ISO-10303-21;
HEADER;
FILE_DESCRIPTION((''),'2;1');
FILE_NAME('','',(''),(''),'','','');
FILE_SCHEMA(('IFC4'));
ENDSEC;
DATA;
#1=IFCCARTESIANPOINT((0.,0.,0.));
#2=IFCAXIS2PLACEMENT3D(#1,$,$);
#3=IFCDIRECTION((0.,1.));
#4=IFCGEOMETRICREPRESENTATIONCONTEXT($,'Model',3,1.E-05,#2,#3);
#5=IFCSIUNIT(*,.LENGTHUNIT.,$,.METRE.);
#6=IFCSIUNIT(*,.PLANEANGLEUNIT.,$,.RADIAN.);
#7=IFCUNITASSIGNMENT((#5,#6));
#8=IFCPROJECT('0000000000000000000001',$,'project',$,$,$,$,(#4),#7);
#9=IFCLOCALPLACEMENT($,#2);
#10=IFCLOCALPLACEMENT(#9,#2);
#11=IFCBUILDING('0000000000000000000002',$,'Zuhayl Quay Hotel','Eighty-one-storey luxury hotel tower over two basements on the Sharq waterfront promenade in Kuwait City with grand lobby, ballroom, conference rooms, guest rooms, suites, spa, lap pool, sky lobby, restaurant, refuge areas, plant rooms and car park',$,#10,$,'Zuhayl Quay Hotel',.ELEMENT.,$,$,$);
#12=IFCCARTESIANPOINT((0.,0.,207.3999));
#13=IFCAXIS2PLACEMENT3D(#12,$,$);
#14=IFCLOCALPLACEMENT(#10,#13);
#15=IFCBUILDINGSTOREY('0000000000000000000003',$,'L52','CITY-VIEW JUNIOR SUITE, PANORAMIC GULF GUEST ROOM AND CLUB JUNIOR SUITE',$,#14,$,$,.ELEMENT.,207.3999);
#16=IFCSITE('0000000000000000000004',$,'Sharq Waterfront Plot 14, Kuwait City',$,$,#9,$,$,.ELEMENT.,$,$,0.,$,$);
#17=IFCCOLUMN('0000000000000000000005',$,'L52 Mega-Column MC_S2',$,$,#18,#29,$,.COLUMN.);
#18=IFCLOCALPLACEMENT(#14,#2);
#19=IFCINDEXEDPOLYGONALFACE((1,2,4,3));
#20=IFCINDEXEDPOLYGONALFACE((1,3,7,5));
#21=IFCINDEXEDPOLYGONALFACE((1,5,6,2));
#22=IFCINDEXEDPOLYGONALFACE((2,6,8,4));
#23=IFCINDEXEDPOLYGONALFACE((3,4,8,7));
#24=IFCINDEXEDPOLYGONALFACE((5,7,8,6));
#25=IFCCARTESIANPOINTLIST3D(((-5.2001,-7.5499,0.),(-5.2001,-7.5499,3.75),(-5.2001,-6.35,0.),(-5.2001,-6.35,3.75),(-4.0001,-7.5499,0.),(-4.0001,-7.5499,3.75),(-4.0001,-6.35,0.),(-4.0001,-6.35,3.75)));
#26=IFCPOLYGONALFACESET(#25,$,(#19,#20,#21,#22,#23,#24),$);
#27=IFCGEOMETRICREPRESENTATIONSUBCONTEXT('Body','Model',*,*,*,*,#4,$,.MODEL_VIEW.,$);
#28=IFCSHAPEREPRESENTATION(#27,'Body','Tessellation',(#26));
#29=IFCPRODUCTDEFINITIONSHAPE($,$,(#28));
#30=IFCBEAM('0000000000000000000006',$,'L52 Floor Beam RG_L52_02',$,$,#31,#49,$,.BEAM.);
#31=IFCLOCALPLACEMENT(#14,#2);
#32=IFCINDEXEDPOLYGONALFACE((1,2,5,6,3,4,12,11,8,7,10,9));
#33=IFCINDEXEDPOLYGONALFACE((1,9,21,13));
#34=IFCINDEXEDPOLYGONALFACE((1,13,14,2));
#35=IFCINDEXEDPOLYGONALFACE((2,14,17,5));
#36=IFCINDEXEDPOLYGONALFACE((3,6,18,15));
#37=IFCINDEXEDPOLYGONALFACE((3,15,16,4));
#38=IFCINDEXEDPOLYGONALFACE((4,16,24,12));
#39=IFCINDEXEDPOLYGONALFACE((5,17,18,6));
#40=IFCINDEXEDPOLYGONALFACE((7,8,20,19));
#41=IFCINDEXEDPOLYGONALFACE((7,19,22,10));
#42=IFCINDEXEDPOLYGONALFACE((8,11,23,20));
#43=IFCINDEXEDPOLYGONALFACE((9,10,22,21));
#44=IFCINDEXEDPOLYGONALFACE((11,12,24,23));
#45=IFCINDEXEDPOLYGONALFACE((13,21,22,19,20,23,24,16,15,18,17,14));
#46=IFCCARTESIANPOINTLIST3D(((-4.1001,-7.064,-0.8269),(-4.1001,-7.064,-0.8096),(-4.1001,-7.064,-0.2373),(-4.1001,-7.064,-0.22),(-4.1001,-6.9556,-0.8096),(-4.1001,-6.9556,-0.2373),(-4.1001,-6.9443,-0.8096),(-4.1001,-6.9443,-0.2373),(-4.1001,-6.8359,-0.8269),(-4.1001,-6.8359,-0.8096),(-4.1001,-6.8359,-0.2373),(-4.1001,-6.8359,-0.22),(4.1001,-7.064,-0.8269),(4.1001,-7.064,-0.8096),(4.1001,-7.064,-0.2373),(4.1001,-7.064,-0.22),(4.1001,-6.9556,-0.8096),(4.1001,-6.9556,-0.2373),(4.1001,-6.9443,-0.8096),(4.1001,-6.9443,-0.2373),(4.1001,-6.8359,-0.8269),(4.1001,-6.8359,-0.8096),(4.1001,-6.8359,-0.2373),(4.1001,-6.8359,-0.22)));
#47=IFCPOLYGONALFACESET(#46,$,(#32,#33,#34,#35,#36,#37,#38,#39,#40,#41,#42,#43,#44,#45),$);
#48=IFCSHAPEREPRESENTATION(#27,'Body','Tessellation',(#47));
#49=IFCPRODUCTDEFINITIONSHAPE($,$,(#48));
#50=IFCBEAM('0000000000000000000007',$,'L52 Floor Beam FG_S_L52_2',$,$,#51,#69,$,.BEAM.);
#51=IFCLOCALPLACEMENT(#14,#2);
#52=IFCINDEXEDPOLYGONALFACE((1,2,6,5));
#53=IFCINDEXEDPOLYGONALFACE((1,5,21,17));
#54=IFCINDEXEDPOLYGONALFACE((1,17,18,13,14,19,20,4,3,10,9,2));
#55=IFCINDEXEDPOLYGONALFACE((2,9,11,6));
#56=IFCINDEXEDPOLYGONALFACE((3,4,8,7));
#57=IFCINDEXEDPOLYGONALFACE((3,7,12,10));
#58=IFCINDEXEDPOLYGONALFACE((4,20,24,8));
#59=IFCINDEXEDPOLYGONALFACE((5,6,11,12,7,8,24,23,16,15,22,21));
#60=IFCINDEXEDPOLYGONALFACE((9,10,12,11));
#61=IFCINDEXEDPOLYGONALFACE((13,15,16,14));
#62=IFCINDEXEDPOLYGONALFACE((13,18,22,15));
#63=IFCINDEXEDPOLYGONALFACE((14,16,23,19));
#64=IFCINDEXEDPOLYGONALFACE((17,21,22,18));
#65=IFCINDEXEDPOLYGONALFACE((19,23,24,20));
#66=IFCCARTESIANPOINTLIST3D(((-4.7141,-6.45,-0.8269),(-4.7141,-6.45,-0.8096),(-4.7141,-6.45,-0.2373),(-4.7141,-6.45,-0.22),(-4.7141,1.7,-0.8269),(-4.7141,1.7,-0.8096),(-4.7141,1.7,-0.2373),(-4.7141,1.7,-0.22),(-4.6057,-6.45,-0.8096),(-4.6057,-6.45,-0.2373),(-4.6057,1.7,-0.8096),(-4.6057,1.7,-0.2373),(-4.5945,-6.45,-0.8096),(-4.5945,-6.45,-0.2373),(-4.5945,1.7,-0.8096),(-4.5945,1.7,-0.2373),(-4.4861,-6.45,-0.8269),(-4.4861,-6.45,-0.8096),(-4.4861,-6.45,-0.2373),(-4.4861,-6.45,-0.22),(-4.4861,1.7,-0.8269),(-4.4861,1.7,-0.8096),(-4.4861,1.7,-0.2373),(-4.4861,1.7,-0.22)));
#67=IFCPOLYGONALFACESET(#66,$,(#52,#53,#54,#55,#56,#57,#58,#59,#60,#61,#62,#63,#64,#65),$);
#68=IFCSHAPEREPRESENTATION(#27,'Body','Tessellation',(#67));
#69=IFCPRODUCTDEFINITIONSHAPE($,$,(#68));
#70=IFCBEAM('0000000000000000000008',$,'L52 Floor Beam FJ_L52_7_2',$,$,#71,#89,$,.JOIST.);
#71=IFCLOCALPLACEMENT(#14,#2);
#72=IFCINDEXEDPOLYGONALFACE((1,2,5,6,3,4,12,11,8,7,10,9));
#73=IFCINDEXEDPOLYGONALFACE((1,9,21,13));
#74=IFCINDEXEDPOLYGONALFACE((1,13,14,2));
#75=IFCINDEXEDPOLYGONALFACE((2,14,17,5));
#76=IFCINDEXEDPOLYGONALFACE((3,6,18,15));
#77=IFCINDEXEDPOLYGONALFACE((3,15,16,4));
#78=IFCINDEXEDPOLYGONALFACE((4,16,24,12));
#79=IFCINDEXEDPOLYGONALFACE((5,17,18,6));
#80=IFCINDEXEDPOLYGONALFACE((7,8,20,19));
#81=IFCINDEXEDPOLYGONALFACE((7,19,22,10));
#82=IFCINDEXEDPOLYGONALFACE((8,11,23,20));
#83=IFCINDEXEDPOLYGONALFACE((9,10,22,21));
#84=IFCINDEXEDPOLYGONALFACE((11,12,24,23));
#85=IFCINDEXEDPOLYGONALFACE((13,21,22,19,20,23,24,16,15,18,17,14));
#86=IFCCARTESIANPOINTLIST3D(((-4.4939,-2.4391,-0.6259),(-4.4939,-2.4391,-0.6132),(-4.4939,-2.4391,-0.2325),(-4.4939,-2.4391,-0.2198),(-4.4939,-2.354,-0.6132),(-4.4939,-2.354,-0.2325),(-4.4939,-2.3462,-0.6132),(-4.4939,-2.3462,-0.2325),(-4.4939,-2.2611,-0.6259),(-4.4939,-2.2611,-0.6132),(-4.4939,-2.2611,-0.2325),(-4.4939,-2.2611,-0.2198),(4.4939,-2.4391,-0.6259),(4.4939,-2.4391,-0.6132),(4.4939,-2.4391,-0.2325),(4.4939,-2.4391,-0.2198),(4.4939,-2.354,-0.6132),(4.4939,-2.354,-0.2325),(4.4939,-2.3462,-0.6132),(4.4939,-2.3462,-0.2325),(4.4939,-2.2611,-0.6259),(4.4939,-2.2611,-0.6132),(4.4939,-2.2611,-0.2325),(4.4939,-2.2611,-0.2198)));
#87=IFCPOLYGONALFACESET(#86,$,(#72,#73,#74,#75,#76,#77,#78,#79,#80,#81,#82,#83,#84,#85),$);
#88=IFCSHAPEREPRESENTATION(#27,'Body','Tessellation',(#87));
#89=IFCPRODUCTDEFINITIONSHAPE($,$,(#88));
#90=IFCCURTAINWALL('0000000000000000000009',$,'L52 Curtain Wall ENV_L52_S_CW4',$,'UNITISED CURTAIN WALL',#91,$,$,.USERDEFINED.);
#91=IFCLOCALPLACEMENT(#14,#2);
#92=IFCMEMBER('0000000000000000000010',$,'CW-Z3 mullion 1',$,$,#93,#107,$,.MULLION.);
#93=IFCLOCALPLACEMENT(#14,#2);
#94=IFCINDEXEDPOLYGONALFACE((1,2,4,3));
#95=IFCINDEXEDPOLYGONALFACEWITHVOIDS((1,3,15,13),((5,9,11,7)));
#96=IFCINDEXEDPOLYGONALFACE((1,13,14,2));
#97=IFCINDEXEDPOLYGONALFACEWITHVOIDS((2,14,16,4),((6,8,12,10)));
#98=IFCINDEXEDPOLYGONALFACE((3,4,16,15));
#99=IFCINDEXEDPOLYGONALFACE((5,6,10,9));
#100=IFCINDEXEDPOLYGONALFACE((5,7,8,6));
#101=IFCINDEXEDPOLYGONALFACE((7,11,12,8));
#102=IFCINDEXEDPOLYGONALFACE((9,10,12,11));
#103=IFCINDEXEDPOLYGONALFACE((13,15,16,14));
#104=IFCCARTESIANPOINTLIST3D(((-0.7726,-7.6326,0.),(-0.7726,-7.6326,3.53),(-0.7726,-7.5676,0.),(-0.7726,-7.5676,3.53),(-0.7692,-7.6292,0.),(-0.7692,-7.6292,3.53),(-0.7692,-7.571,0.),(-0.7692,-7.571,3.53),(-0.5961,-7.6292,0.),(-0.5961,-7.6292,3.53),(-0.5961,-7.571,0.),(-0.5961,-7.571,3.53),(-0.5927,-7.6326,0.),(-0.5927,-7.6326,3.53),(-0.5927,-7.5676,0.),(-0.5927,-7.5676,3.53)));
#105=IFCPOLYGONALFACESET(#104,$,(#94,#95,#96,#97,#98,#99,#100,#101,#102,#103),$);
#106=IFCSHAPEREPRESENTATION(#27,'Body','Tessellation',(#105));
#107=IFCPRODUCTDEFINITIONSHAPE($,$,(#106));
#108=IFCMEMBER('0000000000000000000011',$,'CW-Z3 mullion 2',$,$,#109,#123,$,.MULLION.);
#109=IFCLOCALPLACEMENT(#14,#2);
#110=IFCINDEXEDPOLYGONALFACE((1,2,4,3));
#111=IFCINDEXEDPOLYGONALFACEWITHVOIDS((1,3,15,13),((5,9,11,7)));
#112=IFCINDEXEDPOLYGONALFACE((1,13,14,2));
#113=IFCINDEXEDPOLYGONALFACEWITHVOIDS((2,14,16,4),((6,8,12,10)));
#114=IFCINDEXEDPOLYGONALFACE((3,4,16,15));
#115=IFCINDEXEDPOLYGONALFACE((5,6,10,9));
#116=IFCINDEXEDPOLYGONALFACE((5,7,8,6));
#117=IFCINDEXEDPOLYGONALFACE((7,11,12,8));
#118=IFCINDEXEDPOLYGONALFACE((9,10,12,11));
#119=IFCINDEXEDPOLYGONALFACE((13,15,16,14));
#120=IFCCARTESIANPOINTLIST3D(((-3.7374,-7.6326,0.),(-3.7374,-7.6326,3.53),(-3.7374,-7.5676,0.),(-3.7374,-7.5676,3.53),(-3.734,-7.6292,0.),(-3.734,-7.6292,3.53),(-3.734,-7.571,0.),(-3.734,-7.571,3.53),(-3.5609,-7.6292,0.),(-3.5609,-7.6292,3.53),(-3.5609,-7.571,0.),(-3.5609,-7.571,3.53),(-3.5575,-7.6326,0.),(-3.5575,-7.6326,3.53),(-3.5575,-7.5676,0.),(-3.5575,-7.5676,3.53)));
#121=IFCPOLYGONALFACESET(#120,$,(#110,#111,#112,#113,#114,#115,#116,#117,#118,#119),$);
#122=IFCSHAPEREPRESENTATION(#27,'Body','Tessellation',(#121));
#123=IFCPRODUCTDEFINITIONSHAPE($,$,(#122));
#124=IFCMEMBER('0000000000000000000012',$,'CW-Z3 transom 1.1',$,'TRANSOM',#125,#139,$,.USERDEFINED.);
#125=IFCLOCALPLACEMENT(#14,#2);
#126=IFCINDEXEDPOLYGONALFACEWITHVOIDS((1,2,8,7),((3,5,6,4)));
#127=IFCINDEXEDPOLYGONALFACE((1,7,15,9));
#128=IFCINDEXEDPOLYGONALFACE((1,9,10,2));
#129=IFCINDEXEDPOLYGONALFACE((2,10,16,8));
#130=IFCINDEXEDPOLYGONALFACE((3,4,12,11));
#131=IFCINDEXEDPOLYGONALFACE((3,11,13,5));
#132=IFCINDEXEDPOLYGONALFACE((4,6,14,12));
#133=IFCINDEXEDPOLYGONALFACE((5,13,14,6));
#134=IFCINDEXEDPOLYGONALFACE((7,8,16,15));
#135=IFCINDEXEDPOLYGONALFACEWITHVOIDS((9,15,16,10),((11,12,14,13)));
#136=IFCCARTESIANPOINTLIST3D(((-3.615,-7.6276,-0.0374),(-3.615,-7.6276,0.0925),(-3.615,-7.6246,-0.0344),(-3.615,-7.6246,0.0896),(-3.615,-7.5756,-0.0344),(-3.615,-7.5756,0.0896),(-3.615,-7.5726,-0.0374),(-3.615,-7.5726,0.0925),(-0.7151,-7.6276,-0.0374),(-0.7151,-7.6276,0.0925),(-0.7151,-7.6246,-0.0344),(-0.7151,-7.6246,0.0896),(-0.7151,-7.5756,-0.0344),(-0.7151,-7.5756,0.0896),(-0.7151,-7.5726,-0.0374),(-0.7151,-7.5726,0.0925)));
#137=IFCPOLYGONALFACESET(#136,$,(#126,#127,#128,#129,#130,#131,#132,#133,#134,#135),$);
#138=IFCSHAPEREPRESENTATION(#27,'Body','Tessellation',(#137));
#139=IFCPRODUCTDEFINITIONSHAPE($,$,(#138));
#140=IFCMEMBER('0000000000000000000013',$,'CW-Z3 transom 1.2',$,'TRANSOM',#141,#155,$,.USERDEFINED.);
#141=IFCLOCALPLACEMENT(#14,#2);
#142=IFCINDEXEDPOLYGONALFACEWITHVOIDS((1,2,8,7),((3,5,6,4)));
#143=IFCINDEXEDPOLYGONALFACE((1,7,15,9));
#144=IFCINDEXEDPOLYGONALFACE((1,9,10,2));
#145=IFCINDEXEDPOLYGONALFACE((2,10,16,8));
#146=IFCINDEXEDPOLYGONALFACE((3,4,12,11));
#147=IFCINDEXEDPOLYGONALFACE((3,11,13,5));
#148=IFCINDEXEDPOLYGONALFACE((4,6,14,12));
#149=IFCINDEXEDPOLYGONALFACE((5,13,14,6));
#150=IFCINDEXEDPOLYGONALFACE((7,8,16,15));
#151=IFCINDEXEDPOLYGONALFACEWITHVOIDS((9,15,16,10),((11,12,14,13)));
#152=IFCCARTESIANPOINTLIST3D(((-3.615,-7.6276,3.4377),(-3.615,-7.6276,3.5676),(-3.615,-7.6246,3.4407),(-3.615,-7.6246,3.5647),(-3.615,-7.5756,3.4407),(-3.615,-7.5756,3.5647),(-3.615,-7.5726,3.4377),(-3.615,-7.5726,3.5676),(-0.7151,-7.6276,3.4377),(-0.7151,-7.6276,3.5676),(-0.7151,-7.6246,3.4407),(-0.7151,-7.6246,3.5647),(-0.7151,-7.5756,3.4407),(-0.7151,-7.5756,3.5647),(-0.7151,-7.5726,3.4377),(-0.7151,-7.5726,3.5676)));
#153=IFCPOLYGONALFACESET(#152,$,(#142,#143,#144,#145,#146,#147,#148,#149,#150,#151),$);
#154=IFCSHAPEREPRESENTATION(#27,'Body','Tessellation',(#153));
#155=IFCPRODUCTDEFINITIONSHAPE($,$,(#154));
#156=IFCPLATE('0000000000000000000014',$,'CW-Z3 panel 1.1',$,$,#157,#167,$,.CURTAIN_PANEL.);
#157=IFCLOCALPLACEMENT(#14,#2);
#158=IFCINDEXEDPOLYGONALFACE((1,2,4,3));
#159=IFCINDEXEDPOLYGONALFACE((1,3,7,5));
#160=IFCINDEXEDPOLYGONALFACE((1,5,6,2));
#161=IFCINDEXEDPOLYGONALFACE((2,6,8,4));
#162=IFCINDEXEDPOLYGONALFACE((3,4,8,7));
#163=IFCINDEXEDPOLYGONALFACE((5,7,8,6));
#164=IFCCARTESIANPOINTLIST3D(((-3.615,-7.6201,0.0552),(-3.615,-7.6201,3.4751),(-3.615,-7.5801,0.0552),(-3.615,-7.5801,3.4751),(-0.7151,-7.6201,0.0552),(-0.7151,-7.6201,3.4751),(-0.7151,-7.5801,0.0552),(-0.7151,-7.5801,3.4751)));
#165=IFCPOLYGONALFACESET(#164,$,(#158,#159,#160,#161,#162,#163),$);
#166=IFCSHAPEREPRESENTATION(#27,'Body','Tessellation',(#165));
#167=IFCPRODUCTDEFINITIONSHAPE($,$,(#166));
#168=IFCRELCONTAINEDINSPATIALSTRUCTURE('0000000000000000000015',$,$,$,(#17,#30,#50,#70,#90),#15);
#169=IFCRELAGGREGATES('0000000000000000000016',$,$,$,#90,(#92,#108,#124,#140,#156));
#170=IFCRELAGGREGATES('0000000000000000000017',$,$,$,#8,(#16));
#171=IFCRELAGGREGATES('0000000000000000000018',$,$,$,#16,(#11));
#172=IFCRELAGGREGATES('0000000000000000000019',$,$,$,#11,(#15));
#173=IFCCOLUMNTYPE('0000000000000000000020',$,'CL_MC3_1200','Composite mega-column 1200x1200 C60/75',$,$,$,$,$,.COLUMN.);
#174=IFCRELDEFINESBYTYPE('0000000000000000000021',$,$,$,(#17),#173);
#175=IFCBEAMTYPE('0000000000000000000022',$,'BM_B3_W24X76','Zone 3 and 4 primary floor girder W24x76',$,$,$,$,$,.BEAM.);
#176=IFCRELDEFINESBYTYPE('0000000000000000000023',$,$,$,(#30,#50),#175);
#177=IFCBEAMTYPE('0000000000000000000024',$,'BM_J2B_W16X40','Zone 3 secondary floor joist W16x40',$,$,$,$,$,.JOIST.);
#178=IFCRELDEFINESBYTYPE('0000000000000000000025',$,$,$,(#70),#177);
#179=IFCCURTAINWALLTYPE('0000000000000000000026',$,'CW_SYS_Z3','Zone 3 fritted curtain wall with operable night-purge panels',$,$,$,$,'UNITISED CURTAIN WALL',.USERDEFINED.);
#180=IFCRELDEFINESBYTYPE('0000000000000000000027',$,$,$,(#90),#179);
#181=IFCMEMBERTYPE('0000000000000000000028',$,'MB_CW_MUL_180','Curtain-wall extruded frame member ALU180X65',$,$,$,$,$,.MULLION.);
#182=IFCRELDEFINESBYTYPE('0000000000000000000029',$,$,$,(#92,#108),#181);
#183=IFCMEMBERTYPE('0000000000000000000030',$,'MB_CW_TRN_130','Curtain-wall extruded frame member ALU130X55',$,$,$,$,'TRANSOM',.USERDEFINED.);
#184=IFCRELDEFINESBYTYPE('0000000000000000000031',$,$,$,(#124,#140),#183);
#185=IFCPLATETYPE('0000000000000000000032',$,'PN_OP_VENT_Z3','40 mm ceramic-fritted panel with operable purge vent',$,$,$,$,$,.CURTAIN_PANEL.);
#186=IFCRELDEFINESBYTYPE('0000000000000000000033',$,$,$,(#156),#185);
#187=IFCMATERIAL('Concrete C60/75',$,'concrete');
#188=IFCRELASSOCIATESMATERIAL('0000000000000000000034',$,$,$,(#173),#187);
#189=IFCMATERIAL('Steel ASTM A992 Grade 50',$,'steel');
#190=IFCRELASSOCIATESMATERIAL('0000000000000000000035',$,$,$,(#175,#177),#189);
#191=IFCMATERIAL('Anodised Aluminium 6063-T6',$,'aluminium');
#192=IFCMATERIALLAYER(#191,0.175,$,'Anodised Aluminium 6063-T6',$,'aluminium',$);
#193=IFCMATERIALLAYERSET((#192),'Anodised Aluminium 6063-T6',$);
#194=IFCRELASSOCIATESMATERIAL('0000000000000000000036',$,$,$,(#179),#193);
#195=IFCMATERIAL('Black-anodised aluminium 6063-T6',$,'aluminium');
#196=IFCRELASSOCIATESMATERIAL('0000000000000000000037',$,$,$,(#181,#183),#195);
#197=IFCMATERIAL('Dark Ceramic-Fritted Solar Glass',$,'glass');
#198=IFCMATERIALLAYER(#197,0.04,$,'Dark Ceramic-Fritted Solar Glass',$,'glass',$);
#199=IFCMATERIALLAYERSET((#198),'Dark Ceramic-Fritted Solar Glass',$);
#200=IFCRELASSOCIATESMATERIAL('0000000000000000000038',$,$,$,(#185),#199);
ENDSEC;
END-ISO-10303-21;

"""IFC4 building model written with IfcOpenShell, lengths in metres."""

from ifc_helpers import new_model, si_unit, direction, frame, origin, origin_2d, place, context, subcontext, project, spatial, rectangle, hollow_rectangle, i_section, extrude, material, layer, layer_set, material_profile, profile_set, type_object, element, aggregate, save


model = new_model("IFC4")

# Units and contexts
model_context = context("Model", 3, precision=1e-05, world=origin(), true_north=direction((0.0, 1.0)))
body_context = subcontext(model_context, "Body", "Model", "MODEL_VIEW")
ifc_project = project(units=[si_unit("LENGTHUNIT", "METRE"), si_unit("PLANEANGLEUNIT", "RADIAN")], contexts=[model_context])

# Site, building, storey
site_placement = place(None, origin())
site = spatial("IfcSite", under=ifc_project, at=site_placement, Name="Sharq Waterfront Plot 14, Kuwait City", CompositionType="ELEMENT", RefElevation=0.0)
building_placement = place(site_placement, origin())
building = spatial("IfcBuilding", under=site, at=building_placement, Name="Zuhayl Quay Hotel", Description="Eighty-one-storey luxury hotel tower over two basements on the Sharq waterfront promenade in Kuwait City with grand lobby, ballroom, conference rooms, guest rooms, suites, spa, lap pool, sky lobby, restaurant, refuge areas, plant rooms and car park", LongName="Zuhayl Quay Hotel", CompositionType="ELEMENT")
storey_placement = place(building_placement, frame((0.0, 0.0, 207.3999)))
storey = spatial("IfcBuildingStorey", under=building, at=storey_placement, Name="L52", Description="CITY-VIEW JUNIOR SUITE, PANORAMIC GULF GUEST ROOM AND CLUB JUNIOR SUITE", CompositionType="ELEMENT", Elevation=207.3999)

# Column
ifc_material_1 = material(Name="Concrete C60/75", Category="concrete")
ifc_material_profile_1 = material_profile(ifc_material_1, rectangle(XDim=1.2, YDim=1.2, at=origin_2d()), Name="RC1200X1200")
ifc_profile_set_1 = profile_set([ifc_material_profile_1], Name="Concrete C60/75")
column_type = type_object("IfcColumnType", Name="CL_MC3_1200", Description="Composite mega-column 1200x1200 C60/75", PredefinedType="COLUMN", material=ifc_profile_set_1)
column_placement = place(storey_placement, frame((-4.6001, -6.95, 0.0), z_axis=(0.0, 0.0, 1.0), x_axis=(1.0, 0.0, 0.0)))
element("IfcColumn", 1, at=column_placement, inside=storey, type_object=column_type, Name="L52 Mega-Column MC_S2", PredefinedType="COLUMN", context=body_context, shape_type="SweptSolid", body=[
    extrude(rectangle(XDim=1.2, YDim=1.2, at=origin_2d()), origin(), (0.0, 0.0, 1.0), 3.75),
])

# Beams
ifc_material_2 = material(Name="Steel ASTM A992 Grade 50", Category="steel")
ifc_material_profile_2 = material_profile(ifc_material_2, i_section(OverallWidth=0.228, OverallDepth=0.6069, WebThickness=0.0112, FlangeThickness=0.0173, at=origin_2d()), Name="W24X76")
ifc_profile_set_2 = profile_set([ifc_material_profile_2], Name="Steel ASTM A992 Grade 50")
beam_type_1 = type_object("IfcBeamType", Name="BM_B3_W24X76", Description="Zone 3 and 4 primary floor girder W24x76", PredefinedType="BEAM", material=ifc_profile_set_2)
beam_1_placement = place(storey_placement, frame((-4.1001, -6.95, -0.5234), z_axis=(1.0, 0.0, 0.0), x_axis=(0.0, 1.0, 0.0)))
element("IfcBeam", 2, at=beam_1_placement, inside=storey, type_object=beam_type_1, Name="L52 Floor Beam RG_L52_02", PredefinedType="BEAM", context=body_context, shape_type="SweptSolid", body=[
    extrude(i_section(OverallWidth=0.228, OverallDepth=0.6069, WebThickness=0.0112, FlangeThickness=0.0173, at=origin_2d()), origin(), (0.0, 0.0, 1.0), 8.2002),
])
beam_2_placement = place(storey_placement, frame((-4.6001, -6.45, -0.5234), z_axis=(0.0, 1.0, 0.0), x_axis=(-1.0, 0.0, 0.0)))
element("IfcBeam", 3, at=beam_2_placement, inside=storey, type_object=beam_type_1, Name="L52 Floor Beam FG_S_L52_2", PredefinedType="BEAM", context=body_context, shape_type="SweptSolid", body=[
    extrude(i_section(OverallWidth=0.228, OverallDepth=0.6069, WebThickness=0.0112, FlangeThickness=0.0173, at=origin_2d()), origin(), (0.0, 0.0, 1.0), 8.1499),
])
ifc_material_profile_3 = material_profile(ifc_material_2, i_section(OverallWidth=0.178, OverallDepth=0.406, WebThickness=0.0078, FlangeThickness=0.0127, at=origin_2d()), Name="W16X40")
ifc_profile_set_3 = profile_set([ifc_material_profile_3], Name="Steel ASTM A992 Grade 50")
beam_type_2 = type_object("IfcBeamType", Name="BM_J2B_W16X40", Description="Zone 3 secondary floor joist W16x40", PredefinedType="JOIST", material=ifc_profile_set_3)
beam_3_placement = place(storey_placement, frame((-4.4939, -2.3501, -0.4229), z_axis=(1.0, 0.0, 0.0), x_axis=(0.0, 1.0, 0.0)))
element("IfcBeam", 4, at=beam_3_placement, inside=storey, type_object=beam_type_2, Name="L52 Floor Beam FJ_L52_7_2", PredefinedType="JOIST", context=body_context, shape_type="SweptSolid", body=[
    extrude(i_section(OverallWidth=0.178, OverallDepth=0.406, WebThickness=0.0078, FlangeThickness=0.0127, at=origin_2d()), origin(), (0.0, 0.0, 1.0), 8.9878),
])

# Curtain wall, members, plate
ifc_material_3 = material(Name="Anodised Aluminium 6063-T6", Category="aluminium")
ifc_layer_1 = layer(ifc_material_3, 0.175, Name="Anodised Aluminium 6063-T6", Category="aluminium")
ifc_layer_set_1 = layer_set([ifc_layer_1], Name="Anodised Aluminium 6063-T6")
curtain_wall_type = type_object("IfcCurtainWallType", Name="CW_SYS_Z3", Description="Zone 3 fritted curtain wall with operable night-purge panels", ElementType="UNITISED CURTAIN WALL", PredefinedType="USERDEFINED", material=ifc_layer_set_1)
curtain_wall_placement = place(storey_placement, origin())
curtain_wall = element("IfcCurtainWall", 5, at=curtain_wall_placement, inside=storey, type_object=curtain_wall_type, Name="L52 Curtain Wall ENV_L52_S_CW4", ObjectType="UNITISED CURTAIN WALL", PredefinedType="USERDEFINED")
ifc_material_4 = material(Name="Black-anodised aluminium 6063-T6", Category="aluminium")
ifc_material_profile_4 = material_profile(ifc_material_4, hollow_rectangle(XDim=0.0649, YDim=0.1799, WallThickness=0.0034, at=origin_2d()), Name="ALU180X65")
ifc_profile_set_4 = profile_set([ifc_material_profile_4], Name="Black-anodised aluminium 6063-T6")
member_type_1 = type_object("IfcMemberType", Name="MB_CW_MUL_180", Description="Curtain-wall extruded frame member ALU180X65", PredefinedType="MULLION", material=ifc_profile_set_4)
member_1_placement = place(storey_placement, frame((-0.6826, -7.6001, 0.0), z_axis=(0.0, 0.0, 1.0), x_axis=(0.0, -1.0, 0.0)))
member_1 = element("IfcMember", 6, at=member_1_placement, type_object=member_type_1, Name="CW-Z3 mullion 1", PredefinedType="MULLION", context=body_context, shape_type="SweptSolid", body=[
    extrude(hollow_rectangle(XDim=0.0649, YDim=0.1799, WallThickness=0.0034, at=origin_2d()), origin(), (0.0, 0.0, 1.0), 3.53),
])
member_2_placement = place(storey_placement, frame((-3.6475, -7.6001, 0.0), z_axis=(0.0, 0.0, 1.0), x_axis=(0.0, -1.0, 0.0)))
member_2 = element("IfcMember", 7, at=member_2_placement, type_object=member_type_1, Name="CW-Z3 mullion 2", PredefinedType="MULLION", context=body_context, shape_type="SweptSolid", body=[
    extrude(hollow_rectangle(XDim=0.0649, YDim=0.1799, WallThickness=0.0034, at=origin_2d()), origin(), (0.0, 0.0, 1.0), 3.53),
])
ifc_material_profile_5 = material_profile(ifc_material_4, hollow_rectangle(XDim=0.0549, YDim=0.1299, WallThickness=0.0029, at=origin_2d()), Name="ALU130X55")
ifc_profile_set_5 = profile_set([ifc_material_profile_5], Name="Black-anodised aluminium 6063-T6")
member_type_2 = type_object("IfcMemberType", Name="MB_CW_TRN_130", Description="Curtain-wall extruded frame member ALU130X55", ElementType="TRANSOM", PredefinedType="USERDEFINED", material=ifc_profile_set_5)
member_3_placement = place(storey_placement, frame((-0.7151, -7.6001, 0.0276), z_axis=(-1.0, 0.0, 0.0), x_axis=(0.0, -1.0, 0.0)))
member_3 = element("IfcMember", 8, at=member_3_placement, type_object=member_type_2, Name="CW-Z3 transom 1.1", ObjectType="TRANSOM", PredefinedType="USERDEFINED", context=body_context, shape_type="SweptSolid", body=[
    extrude(hollow_rectangle(XDim=0.0549, YDim=0.1299, WallThickness=0.0029, at=origin_2d()), origin(), (0.0, 0.0, 1.0), 2.8999),
])
member_4_placement = place(storey_placement, frame((-0.7151, -7.6001, 3.5027), z_axis=(-1.0, 0.0, 0.0), x_axis=(0.0, -1.0, 0.0)))
member_4 = element("IfcMember", 9, at=member_4_placement, type_object=member_type_2, Name="CW-Z3 transom 1.2", ObjectType="TRANSOM", PredefinedType="USERDEFINED", context=body_context, shape_type="SweptSolid", body=[
    extrude(hollow_rectangle(XDim=0.0549, YDim=0.1299, WallThickness=0.0029, at=origin_2d()), origin(), (0.0, 0.0, 1.0), 2.8999),
])
ifc_material_5 = material(Name="Dark Ceramic-Fritted Solar Glass", Category="glass")
ifc_layer_2 = layer(ifc_material_5, 0.04, Name="Dark Ceramic-Fritted Solar Glass", Category="glass")
ifc_layer_set_2 = layer_set([ifc_layer_2], Name="Dark Ceramic-Fritted Solar Glass")
plate_type = type_object("IfcPlateType", Name="PN_OP_VENT_Z3", Description="40 mm ceramic-fritted panel with operable purge vent", PredefinedType="CURTAIN_PANEL", material=ifc_layer_set_2)
plate_placement = place(storey_placement, frame((-2.165, -7.6001, 0.0552), z_axis=(0.0, 0.0, 1.0), x_axis=(-1.0, 0.0, 0.0)))
plate = element("IfcPlate", 10, at=plate_placement, type_object=plate_type, Name="CW-Z3 panel 1.1", PredefinedType="CURTAIN_PANEL", context=body_context, shape_type="SweptSolid", body=[
    extrude(rectangle(XDim=2.8999, YDim=0.04, at=origin_2d()), origin(), (0.0, 0.0, 1.0), 3.4199),
])
aggregate(curtain_wall, [member_1, member_2, member_3, member_4, plate])

save(model, "model.ifc")
